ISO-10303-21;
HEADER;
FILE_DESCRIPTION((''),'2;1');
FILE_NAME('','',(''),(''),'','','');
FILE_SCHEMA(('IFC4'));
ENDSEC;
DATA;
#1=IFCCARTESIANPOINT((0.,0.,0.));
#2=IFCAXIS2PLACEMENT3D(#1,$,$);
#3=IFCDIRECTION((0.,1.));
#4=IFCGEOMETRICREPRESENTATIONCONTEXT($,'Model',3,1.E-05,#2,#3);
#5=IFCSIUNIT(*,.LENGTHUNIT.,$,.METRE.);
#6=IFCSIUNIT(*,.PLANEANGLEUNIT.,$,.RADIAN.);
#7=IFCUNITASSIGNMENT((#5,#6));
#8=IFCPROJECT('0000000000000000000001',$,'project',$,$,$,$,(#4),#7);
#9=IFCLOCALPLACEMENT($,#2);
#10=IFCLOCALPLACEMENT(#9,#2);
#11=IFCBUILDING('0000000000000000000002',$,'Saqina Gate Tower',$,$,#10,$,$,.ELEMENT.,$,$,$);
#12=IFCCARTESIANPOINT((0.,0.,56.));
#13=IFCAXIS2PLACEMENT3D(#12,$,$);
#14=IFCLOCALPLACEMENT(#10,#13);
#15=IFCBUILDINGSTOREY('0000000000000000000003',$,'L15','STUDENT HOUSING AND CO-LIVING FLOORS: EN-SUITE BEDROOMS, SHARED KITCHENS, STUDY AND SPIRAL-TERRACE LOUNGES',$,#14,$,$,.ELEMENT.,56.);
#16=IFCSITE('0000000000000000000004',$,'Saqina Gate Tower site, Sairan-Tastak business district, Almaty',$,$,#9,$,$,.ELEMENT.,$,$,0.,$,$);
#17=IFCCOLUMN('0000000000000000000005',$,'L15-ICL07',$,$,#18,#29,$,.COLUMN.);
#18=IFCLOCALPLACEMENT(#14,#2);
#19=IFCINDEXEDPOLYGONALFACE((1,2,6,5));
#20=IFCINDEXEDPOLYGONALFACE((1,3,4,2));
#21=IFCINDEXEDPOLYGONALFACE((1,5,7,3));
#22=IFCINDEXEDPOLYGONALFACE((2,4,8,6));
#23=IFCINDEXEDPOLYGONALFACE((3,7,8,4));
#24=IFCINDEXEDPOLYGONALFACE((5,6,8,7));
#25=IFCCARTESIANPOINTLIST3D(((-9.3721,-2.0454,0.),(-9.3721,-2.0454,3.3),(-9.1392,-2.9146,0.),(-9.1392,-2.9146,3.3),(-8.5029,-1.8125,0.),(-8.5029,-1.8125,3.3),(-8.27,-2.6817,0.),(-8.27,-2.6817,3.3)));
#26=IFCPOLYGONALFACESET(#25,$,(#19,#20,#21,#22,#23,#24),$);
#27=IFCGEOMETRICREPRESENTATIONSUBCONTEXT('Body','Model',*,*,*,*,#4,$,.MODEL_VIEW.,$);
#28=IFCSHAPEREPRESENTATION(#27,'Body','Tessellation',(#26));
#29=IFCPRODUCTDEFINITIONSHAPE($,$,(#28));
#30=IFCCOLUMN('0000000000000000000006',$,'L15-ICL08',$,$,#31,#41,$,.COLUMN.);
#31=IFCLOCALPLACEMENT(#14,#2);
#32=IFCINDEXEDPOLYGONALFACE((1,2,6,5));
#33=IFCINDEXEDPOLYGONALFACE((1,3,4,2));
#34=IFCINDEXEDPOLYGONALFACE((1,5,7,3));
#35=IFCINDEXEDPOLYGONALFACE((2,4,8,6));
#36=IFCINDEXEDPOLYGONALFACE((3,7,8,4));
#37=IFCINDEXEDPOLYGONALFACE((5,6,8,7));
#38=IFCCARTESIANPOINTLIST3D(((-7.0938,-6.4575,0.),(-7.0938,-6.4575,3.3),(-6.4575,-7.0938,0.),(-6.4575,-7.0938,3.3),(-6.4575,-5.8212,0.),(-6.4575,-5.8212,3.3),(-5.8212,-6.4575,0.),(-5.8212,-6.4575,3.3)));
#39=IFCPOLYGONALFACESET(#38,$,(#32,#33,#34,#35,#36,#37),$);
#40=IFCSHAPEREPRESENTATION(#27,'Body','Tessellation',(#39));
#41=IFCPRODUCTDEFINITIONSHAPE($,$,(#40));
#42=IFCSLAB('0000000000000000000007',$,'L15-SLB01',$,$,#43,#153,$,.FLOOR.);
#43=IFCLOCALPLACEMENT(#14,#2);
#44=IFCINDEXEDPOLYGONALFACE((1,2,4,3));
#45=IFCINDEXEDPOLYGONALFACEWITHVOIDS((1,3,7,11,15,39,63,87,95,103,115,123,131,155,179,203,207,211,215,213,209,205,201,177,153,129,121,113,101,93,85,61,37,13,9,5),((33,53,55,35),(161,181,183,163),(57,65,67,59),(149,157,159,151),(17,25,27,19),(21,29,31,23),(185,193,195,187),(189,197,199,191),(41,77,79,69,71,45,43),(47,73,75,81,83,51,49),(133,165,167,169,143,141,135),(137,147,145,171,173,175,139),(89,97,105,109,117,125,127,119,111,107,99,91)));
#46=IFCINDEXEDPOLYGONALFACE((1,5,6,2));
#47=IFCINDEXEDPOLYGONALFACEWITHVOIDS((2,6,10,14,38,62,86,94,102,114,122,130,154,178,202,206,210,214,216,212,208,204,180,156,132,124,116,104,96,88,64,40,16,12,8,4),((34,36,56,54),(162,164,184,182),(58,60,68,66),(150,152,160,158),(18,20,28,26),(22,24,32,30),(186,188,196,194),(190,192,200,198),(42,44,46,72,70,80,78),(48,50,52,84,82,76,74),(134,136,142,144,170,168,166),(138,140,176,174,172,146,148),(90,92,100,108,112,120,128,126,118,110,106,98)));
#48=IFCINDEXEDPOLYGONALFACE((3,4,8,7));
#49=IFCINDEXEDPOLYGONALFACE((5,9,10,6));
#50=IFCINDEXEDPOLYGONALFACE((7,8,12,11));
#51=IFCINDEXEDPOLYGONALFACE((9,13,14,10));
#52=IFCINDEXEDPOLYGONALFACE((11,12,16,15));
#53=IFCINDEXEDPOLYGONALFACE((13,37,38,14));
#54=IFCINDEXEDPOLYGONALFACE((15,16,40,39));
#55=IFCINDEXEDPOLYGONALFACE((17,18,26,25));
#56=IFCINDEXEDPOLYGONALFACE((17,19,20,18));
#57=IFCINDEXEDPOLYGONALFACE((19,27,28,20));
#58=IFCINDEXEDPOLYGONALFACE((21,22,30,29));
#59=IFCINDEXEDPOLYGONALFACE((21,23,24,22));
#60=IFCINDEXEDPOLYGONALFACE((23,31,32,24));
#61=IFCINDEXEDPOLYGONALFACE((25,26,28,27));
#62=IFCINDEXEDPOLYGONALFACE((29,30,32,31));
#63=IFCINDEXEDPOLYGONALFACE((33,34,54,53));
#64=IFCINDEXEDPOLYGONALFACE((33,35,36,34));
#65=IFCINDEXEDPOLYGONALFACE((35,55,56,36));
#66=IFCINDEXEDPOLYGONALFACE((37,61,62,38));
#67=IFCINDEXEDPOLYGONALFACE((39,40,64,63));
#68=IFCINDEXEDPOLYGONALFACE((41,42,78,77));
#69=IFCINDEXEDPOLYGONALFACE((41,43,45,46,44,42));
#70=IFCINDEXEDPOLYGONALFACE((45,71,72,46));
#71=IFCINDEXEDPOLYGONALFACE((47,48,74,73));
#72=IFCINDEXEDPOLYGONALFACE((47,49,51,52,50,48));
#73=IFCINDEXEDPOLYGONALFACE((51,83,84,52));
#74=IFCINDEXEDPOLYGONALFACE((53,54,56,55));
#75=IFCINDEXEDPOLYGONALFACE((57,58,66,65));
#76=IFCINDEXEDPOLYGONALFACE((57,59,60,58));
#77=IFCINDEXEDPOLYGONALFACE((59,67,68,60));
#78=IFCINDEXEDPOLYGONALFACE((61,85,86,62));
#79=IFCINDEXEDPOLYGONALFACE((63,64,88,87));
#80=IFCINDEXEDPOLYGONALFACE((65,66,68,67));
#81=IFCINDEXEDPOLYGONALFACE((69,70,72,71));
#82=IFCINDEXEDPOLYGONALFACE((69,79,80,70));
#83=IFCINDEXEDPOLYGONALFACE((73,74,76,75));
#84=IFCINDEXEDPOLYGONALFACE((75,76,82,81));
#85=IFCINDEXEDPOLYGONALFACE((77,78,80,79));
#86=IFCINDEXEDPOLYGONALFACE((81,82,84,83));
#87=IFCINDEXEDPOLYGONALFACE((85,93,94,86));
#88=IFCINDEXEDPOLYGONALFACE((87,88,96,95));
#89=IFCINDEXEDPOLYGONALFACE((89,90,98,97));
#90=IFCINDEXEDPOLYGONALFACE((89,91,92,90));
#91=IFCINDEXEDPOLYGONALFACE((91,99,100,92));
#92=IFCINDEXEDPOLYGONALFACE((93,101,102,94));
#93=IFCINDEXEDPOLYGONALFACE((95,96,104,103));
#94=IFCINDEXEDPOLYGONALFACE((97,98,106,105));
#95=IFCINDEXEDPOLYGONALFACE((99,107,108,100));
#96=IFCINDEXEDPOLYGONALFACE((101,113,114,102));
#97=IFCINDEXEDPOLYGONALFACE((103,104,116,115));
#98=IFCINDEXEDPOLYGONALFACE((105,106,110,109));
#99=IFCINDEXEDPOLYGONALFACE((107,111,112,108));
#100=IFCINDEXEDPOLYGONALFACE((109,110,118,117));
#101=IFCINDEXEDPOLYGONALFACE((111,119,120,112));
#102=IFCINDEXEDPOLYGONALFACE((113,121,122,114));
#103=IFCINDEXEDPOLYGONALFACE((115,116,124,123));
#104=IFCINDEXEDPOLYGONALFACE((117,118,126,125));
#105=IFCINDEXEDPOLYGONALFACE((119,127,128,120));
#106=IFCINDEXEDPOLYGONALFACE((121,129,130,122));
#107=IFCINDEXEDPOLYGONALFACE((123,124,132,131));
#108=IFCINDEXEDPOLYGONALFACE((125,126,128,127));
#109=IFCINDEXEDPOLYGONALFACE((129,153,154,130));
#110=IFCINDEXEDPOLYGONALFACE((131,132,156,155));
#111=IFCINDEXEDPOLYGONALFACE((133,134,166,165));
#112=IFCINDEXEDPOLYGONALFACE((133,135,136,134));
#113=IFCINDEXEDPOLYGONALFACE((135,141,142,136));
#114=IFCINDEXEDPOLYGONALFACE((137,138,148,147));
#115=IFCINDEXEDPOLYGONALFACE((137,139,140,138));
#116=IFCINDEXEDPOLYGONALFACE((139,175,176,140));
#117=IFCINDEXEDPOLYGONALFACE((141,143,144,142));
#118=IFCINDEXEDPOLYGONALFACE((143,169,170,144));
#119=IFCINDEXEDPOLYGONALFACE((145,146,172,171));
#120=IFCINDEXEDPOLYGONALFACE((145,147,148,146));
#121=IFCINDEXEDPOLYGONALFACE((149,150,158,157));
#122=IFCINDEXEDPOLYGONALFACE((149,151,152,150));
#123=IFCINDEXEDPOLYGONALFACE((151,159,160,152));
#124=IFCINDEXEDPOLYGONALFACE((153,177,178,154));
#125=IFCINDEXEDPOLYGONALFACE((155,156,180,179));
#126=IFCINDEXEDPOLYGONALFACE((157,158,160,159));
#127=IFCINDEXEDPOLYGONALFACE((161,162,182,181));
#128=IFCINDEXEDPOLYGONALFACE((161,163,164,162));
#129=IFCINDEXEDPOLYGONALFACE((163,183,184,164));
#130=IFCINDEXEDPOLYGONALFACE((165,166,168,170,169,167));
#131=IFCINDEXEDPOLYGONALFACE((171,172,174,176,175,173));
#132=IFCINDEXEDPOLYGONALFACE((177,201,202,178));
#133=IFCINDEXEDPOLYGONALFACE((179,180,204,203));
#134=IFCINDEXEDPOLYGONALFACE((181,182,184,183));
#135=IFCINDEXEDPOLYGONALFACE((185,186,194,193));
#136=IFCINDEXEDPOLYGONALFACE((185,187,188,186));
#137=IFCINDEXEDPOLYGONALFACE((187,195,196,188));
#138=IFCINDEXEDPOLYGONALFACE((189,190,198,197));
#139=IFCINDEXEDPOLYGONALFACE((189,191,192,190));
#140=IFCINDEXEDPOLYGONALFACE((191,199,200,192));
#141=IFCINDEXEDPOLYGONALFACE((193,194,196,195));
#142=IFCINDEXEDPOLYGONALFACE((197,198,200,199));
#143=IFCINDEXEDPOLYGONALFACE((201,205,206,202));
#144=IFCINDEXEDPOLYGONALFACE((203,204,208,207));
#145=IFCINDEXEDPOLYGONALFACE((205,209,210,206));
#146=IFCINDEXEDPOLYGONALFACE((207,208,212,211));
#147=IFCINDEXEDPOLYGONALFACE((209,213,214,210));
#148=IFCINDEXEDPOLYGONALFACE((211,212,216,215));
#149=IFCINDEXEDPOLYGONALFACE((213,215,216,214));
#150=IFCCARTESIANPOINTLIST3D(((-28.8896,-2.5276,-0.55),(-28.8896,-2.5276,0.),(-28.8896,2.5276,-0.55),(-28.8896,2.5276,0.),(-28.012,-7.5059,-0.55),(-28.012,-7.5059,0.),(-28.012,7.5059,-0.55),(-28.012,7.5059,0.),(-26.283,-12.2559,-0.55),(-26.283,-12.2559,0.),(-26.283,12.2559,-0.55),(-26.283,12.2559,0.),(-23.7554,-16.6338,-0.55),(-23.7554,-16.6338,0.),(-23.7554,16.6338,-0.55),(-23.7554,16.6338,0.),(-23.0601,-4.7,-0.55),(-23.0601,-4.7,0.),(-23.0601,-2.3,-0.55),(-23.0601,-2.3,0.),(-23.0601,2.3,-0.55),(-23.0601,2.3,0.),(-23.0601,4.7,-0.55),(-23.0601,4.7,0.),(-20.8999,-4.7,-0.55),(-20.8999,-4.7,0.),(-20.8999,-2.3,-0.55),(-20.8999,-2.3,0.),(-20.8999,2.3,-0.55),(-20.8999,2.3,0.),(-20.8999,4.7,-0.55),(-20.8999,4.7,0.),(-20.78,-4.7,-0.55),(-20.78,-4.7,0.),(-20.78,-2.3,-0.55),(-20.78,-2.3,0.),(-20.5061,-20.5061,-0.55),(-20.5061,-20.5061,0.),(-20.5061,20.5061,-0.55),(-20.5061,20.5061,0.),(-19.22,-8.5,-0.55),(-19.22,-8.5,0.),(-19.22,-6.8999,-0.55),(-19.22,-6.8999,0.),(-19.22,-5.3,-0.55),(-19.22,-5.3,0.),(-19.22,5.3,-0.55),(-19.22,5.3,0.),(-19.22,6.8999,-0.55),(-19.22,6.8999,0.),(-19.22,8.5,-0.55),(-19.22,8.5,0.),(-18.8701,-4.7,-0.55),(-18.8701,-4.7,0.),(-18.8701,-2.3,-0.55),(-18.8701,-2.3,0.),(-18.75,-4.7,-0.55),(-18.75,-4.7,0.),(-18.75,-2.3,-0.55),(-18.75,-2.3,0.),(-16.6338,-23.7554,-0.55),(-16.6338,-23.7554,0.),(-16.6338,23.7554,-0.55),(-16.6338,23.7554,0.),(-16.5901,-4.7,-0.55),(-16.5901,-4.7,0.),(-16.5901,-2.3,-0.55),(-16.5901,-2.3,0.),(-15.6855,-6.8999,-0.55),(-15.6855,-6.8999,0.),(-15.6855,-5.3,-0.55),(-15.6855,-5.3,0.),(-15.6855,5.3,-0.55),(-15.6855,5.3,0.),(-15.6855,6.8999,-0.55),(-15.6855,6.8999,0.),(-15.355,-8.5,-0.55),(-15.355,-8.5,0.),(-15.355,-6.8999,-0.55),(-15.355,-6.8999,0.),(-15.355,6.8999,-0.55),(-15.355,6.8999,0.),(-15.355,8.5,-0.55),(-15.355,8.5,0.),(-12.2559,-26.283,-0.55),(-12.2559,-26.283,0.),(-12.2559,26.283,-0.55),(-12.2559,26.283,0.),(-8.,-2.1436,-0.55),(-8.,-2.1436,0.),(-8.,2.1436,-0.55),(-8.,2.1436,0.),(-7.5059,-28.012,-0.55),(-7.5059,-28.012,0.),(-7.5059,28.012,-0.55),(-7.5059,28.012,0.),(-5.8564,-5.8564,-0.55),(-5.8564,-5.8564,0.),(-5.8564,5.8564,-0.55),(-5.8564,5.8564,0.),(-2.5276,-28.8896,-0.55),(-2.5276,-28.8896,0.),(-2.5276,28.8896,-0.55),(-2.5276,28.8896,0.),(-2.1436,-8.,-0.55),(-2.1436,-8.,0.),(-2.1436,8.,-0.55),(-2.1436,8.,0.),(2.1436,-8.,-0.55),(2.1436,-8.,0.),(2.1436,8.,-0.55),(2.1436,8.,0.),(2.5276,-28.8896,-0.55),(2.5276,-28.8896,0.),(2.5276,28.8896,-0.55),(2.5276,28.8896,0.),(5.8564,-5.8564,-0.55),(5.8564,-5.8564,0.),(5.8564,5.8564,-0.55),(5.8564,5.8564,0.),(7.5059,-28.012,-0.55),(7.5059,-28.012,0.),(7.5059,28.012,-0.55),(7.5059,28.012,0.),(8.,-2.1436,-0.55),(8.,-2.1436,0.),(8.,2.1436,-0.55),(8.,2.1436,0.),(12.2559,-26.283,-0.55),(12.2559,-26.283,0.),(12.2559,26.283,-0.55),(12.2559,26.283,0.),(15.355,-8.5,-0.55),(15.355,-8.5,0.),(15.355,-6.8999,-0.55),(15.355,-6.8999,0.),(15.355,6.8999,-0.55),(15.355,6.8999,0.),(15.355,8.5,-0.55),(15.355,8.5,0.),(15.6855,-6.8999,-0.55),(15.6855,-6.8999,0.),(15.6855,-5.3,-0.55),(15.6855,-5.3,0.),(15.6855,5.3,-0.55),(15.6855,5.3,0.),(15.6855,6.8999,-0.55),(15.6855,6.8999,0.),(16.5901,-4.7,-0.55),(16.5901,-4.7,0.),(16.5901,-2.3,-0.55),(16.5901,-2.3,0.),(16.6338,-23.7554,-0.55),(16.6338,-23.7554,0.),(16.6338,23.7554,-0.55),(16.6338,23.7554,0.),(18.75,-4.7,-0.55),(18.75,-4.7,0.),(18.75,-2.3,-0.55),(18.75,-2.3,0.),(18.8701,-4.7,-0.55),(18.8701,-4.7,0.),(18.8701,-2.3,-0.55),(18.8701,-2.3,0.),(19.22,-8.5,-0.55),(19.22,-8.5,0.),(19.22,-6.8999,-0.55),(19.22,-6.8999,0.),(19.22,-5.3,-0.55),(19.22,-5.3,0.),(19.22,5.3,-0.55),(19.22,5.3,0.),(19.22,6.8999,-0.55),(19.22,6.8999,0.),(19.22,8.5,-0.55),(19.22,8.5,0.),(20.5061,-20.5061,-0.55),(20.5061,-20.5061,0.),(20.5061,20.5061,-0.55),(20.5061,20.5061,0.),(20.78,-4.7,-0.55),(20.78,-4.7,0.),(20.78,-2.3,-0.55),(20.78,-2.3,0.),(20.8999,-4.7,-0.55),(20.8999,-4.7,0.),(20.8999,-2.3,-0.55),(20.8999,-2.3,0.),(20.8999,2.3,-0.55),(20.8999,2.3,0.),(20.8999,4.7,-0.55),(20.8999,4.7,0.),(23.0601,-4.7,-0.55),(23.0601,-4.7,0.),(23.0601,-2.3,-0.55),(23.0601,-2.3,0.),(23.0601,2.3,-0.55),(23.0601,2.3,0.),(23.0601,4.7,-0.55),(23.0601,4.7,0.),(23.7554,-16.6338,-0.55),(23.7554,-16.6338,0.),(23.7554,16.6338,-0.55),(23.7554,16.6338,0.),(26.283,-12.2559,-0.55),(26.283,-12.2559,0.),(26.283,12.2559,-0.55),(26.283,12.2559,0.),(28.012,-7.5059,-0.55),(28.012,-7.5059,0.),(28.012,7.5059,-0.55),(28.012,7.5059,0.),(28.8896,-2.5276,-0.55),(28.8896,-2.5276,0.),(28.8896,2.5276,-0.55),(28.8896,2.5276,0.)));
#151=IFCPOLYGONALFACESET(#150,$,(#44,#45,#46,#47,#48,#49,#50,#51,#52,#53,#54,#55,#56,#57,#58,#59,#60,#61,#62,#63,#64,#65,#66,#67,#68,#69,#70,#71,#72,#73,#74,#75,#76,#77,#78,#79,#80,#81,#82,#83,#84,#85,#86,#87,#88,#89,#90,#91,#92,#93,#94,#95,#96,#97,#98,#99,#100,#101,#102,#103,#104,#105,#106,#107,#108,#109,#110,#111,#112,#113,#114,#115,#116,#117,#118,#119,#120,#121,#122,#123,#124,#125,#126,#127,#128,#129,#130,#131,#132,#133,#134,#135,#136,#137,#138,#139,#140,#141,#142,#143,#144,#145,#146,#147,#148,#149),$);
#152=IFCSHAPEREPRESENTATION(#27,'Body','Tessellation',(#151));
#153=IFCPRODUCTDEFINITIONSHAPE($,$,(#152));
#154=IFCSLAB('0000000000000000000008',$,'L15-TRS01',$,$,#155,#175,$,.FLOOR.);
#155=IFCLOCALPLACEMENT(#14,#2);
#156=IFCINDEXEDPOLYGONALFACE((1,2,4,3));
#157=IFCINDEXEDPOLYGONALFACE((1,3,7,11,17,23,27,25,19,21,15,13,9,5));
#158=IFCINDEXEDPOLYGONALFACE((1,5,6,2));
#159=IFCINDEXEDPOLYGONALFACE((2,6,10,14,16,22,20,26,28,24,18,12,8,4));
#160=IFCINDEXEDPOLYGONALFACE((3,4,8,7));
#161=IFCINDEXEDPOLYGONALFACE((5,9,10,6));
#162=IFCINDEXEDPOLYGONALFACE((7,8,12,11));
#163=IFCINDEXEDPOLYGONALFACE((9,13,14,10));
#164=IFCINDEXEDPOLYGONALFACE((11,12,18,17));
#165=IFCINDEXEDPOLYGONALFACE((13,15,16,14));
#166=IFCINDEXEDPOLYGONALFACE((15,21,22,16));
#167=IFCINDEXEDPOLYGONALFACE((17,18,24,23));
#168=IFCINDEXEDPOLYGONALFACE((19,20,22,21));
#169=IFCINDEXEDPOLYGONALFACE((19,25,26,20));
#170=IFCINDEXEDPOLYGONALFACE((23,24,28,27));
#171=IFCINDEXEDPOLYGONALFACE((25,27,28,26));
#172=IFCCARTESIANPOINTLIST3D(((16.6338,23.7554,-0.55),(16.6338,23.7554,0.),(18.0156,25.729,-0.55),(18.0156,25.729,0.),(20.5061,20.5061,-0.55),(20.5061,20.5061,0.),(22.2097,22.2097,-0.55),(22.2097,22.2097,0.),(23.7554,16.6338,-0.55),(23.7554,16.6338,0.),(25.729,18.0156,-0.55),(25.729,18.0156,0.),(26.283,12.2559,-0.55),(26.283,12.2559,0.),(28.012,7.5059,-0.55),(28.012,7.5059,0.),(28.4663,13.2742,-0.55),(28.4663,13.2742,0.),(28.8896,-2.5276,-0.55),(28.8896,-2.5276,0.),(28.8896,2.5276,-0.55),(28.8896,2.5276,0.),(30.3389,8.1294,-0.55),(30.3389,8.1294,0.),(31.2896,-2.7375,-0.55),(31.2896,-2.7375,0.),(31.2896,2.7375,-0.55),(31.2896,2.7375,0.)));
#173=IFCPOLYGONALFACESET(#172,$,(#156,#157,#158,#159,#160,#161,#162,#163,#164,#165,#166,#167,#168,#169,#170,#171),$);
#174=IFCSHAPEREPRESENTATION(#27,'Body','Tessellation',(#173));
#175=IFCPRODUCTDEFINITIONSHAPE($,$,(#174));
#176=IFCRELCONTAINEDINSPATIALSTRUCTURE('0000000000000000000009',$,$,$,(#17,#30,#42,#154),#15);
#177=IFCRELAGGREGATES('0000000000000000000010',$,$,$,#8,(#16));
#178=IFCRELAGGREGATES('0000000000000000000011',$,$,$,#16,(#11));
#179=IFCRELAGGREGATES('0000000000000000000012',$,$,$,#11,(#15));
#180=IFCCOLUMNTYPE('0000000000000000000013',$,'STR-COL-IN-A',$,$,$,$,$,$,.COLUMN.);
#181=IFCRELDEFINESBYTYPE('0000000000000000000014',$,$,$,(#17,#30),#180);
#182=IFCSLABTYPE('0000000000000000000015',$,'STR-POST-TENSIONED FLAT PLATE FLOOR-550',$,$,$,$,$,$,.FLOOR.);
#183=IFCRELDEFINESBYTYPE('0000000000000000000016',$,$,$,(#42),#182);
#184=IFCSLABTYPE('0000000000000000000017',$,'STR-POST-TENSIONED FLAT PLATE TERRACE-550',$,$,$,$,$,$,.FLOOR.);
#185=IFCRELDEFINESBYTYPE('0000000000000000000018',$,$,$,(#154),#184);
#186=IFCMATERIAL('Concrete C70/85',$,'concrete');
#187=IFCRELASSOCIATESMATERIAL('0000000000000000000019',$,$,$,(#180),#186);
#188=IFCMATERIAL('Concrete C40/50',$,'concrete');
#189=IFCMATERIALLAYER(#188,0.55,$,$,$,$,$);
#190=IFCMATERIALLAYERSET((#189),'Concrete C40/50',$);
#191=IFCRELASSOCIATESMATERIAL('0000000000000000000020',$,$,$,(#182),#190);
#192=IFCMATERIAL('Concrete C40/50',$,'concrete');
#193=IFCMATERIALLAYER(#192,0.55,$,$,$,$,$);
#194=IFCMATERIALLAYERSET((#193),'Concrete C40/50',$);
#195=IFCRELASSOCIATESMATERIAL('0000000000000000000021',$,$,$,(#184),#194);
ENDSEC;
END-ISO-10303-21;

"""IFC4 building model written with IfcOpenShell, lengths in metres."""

from ifc_helpers import new_model, si_unit, direction, frame, origin, origin_2d, place, context, subcontext, project, spatial, polyline, rectangle, outline, extrude, material, layer, layer_set, material_profile, profile_set, type_object, element, save


model = new_model("IFC4")

# Units and contexts
model_context = context("Model", 3, precision=1e-05, world=origin(), true_north=direction((0.0, 1.0)))
body_context = subcontext(model_context, "Body", "Model", "MODEL_VIEW")
ifc_project = project(units=[si_unit("LENGTHUNIT", "METRE"), si_unit("PLANEANGLEUNIT", "RADIAN")], contexts=[model_context])

# Site, building, storey
site_placement = place(None, origin())
site = spatial("IfcSite", under=ifc_project, at=site_placement, Name="Saqina Gate Tower site, Sairan-Tastak business district, Almaty", CompositionType="ELEMENT", RefElevation=0.0)
building_placement = place(site_placement, origin())
building = spatial("IfcBuilding", under=site, at=building_placement, Name="Saqina Gate Tower", CompositionType="ELEMENT")
storey_placement = place(building_placement, frame((0.0, 0.0, 56.0)))
storey = spatial("IfcBuildingStorey", under=building, at=storey_placement, Name="L15", Description="STUDENT HOUSING AND CO-LIVING FLOORS: EN-SUITE BEDROOMS, SHARED KITCHENS, STUDY AND SPIRAL-TERRACE LOUNGES", CompositionType="ELEMENT", Elevation=56.0)

# Columns
ifc_material_1 = material(Name="Concrete C70/85", Category="concrete")
ifc_material_profile = material_profile(ifc_material_1, rectangle(XDim=0.8999, YDim=0.8999, at=origin_2d()), Name="RC 900x900")
ifc_profile_set = profile_set([ifc_material_profile], Name="Concrete C70/85")
column_type = type_object("IfcColumnType", Name="STR-COL-IN-A", PredefinedType="COLUMN", material=ifc_profile_set)
for number, where, z_axis, x_axis, name in (
    (1, (-8.821, -2.3635, 0.0), (0.0, 0.0, 1.0), (-0.965926, -0.258819, 0.0), "L15-ICL07"),
    (2, (-6.4575, -6.4575, 0.0), (0.0, 0.0, 1.0), (-0.707107, -0.707107, 0.0), "L15-ICL08"),
):
    element("IfcColumn", number, at=place(storey_placement, frame(where, z_axis=z_axis, x_axis=x_axis)), inside=storey, type_object=column_type, Name=name, PredefinedType="COLUMN", context=body_context, shape_type="SweptSolid", body=[
        extrude(rectangle(XDim=0.8999, YDim=0.8999, at=origin_2d()), origin(), (0.0, 0.0, 1.0), 3.3),
    ])

# Slabs
ifc_material_2 = material(Name="Concrete C40/50", Category="concrete")
ifc_layer_1 = layer(ifc_material_2, 0.55)
ifc_layer_set_1 = layer_set([ifc_layer_1], Name="Concrete C40/50")
slab_type_1 = type_object("IfcSlabType", Name="STR-POST-TENSIONED FLAT PLATE FLOOR-550", PredefinedType="FLOOR", material=ifc_layer_set_1)
slab_1_placement = place(storey_placement, frame((0.0, 0.0, -0.55)))
element("IfcSlab", 3, at=slab_1_placement, inside=storey, type_object=slab_type_1, Name="L15-SLB01", PredefinedType="FLOOR", context=body_context, shape_type="SweptSolid", body=[
    extrude(outline(polyline([(28.012, -7.5059), (28.8896, -2.5276), (28.8896, 2.5276), (28.012, 7.5059), (26.283, 12.2559), (23.7554, 16.6338), (20.5061, 20.5061), (16.6338, 23.7554), (12.2559, 26.283), (7.5059, 28.012), (2.5276, 28.8896), (-2.5276, 28.8896), (-7.5059, 28.012), (-12.2559, 26.283), (-16.6338, 23.7554), (-20.5061, 20.5061), (-23.7554, 16.6338), (-26.283, 12.2559), (-28.012, 7.5059), (-28.8896, 2.5276), (-28.8896, -2.5276), (-28.012, -7.5059), (-26.283, -12.2559), (-23.7554, -16.6338), (-20.5061, -20.5061), (-16.6338, -23.7554), (-12.2559, -26.283), (-7.5059, -28.012), (-2.5276, -28.8896), (2.5276, -28.8896), (7.5059, -28.012), (12.2559, -26.283), (16.6338, -23.7554), (20.5061, -20.5061), (23.7554, -16.6338), (26.283, -12.2559), (28.012, -7.5059)]), holes=[polyline([(2.1436, 8.0), (5.8564, 5.8564), (8.0, 2.1436), (8.0, -2.1436), (5.8564, -5.8564), (2.1436, -8.0), (-2.1436, -8.0), (-5.8564, -5.8564), (-8.0, -2.1436), (-8.0, 2.1436), (-5.8564, 5.8564), (-2.1436, 8.0), (2.1436, 8.0)]), polyline([(-19.22, -8.5), (-19.22, -6.8999), (-19.22, -5.3), (-15.6855, -5.3), (-15.6855, -6.8999), (-15.355, -6.8999), (-15.355, -8.5), (-19.22, -8.5)]), polyline([(-20.8999, -2.3), (-20.8999, -4.7), (-23.0601, -4.7), (-23.0601, -2.3), (-20.8999, -2.3)]), polyline([(-18.8701, -2.3), (-18.8701, -4.7), (-20.78, -4.7), (-20.78, -2.3), (-18.8701, -2.3)]), polyline([(-16.5901, -2.3), (-16.5901, -4.7), (-18.75, -4.7), (-18.75, -2.3), (-16.5901, -2.3)]), polyline([(-20.8999, 4.7), (-20.8999, 2.3), (-23.0601, 2.3), (-23.0601, 4.7), (-20.8999, 4.7)]), polyline([(-19.22, 6.8999), (-19.22, 8.5), (-15.355, 8.5), (-15.355, 6.8999), (-15.6855, 6.8999), (-15.6855, 5.3), (-19.22, 5.3), (-19.22, 6.8999)]), polyline([(15.355, -6.8999), (15.6855, -6.8999), (15.6855, -5.3), (19.22, -5.3), (19.22, -6.8999), (19.22, -8.5), (15.355, -8.5), (15.355, -6.8999)]), polyline([(18.75, -2.3), (18.75, -4.7), (16.5901, -4.7), (16.5901, -2.3), (18.75, -2.3)]), polyline([(20.78, -2.3), (20.78, -4.7), (18.8701, -4.7), (18.8701, -2.3), (20.78, -2.3)]), polyline([(23.0601, -2.3), (23.0601, -4.7), (20.8999, -4.7), (20.8999, -2.3), (23.0601, -2.3)]), polyline([(23.0601, 4.7), (23.0601, 2.3), (20.8999, 2.3), (20.8999, 4.7), (23.0601, 4.7)]), polyline([(15.6855, 6.8999), (15.355, 6.8999), (15.355, 8.5), (19.22, 8.5), (19.22, 6.8999), (19.22, 5.3), (15.6855, 5.3), (15.6855, 6.8999)])]), origin(), (0.0, 0.0, 1.0), 0.55),
])
ifc_material_3 = material(Name="Concrete C40/50", Category="concrete")
ifc_layer_2 = layer(ifc_material_3, 0.55)
ifc_layer_set_2 = layer_set([ifc_layer_2], Name="Concrete C40/50")
slab_type_2 = type_object("IfcSlabType", Name="STR-POST-TENSIONED FLAT PLATE TERRACE-550", PredefinedType="FLOOR", material=ifc_layer_set_2)
slab_2_placement = place(storey_placement, frame((0.0, 0.0, -0.55)))
element("IfcSlab", 4, at=slab_2_placement, inside=storey, type_object=slab_type_2, Name="L15-TRS01", PredefinedType="FLOOR", context=body_context, shape_type="SweptSolid", body=[
    extrude(outline(polyline([(28.8896, -2.5276), (28.8896, 2.5276), (28.012, 7.5059), (26.283, 12.2559), (23.7554, 16.6338), (20.5061, 20.5061), (16.6338, 23.7554), (18.0156, 25.729), (22.2097, 22.2097), (25.729, 18.0156), (28.4663, 13.2742), (30.3389, 8.1294), (31.2896, 2.7375), (31.2896, -2.7375), (28.8896, -2.5276)])), origin(), (0.0, 0.0, 1.0), 0.55),
])

save(model, "model.ifc")
